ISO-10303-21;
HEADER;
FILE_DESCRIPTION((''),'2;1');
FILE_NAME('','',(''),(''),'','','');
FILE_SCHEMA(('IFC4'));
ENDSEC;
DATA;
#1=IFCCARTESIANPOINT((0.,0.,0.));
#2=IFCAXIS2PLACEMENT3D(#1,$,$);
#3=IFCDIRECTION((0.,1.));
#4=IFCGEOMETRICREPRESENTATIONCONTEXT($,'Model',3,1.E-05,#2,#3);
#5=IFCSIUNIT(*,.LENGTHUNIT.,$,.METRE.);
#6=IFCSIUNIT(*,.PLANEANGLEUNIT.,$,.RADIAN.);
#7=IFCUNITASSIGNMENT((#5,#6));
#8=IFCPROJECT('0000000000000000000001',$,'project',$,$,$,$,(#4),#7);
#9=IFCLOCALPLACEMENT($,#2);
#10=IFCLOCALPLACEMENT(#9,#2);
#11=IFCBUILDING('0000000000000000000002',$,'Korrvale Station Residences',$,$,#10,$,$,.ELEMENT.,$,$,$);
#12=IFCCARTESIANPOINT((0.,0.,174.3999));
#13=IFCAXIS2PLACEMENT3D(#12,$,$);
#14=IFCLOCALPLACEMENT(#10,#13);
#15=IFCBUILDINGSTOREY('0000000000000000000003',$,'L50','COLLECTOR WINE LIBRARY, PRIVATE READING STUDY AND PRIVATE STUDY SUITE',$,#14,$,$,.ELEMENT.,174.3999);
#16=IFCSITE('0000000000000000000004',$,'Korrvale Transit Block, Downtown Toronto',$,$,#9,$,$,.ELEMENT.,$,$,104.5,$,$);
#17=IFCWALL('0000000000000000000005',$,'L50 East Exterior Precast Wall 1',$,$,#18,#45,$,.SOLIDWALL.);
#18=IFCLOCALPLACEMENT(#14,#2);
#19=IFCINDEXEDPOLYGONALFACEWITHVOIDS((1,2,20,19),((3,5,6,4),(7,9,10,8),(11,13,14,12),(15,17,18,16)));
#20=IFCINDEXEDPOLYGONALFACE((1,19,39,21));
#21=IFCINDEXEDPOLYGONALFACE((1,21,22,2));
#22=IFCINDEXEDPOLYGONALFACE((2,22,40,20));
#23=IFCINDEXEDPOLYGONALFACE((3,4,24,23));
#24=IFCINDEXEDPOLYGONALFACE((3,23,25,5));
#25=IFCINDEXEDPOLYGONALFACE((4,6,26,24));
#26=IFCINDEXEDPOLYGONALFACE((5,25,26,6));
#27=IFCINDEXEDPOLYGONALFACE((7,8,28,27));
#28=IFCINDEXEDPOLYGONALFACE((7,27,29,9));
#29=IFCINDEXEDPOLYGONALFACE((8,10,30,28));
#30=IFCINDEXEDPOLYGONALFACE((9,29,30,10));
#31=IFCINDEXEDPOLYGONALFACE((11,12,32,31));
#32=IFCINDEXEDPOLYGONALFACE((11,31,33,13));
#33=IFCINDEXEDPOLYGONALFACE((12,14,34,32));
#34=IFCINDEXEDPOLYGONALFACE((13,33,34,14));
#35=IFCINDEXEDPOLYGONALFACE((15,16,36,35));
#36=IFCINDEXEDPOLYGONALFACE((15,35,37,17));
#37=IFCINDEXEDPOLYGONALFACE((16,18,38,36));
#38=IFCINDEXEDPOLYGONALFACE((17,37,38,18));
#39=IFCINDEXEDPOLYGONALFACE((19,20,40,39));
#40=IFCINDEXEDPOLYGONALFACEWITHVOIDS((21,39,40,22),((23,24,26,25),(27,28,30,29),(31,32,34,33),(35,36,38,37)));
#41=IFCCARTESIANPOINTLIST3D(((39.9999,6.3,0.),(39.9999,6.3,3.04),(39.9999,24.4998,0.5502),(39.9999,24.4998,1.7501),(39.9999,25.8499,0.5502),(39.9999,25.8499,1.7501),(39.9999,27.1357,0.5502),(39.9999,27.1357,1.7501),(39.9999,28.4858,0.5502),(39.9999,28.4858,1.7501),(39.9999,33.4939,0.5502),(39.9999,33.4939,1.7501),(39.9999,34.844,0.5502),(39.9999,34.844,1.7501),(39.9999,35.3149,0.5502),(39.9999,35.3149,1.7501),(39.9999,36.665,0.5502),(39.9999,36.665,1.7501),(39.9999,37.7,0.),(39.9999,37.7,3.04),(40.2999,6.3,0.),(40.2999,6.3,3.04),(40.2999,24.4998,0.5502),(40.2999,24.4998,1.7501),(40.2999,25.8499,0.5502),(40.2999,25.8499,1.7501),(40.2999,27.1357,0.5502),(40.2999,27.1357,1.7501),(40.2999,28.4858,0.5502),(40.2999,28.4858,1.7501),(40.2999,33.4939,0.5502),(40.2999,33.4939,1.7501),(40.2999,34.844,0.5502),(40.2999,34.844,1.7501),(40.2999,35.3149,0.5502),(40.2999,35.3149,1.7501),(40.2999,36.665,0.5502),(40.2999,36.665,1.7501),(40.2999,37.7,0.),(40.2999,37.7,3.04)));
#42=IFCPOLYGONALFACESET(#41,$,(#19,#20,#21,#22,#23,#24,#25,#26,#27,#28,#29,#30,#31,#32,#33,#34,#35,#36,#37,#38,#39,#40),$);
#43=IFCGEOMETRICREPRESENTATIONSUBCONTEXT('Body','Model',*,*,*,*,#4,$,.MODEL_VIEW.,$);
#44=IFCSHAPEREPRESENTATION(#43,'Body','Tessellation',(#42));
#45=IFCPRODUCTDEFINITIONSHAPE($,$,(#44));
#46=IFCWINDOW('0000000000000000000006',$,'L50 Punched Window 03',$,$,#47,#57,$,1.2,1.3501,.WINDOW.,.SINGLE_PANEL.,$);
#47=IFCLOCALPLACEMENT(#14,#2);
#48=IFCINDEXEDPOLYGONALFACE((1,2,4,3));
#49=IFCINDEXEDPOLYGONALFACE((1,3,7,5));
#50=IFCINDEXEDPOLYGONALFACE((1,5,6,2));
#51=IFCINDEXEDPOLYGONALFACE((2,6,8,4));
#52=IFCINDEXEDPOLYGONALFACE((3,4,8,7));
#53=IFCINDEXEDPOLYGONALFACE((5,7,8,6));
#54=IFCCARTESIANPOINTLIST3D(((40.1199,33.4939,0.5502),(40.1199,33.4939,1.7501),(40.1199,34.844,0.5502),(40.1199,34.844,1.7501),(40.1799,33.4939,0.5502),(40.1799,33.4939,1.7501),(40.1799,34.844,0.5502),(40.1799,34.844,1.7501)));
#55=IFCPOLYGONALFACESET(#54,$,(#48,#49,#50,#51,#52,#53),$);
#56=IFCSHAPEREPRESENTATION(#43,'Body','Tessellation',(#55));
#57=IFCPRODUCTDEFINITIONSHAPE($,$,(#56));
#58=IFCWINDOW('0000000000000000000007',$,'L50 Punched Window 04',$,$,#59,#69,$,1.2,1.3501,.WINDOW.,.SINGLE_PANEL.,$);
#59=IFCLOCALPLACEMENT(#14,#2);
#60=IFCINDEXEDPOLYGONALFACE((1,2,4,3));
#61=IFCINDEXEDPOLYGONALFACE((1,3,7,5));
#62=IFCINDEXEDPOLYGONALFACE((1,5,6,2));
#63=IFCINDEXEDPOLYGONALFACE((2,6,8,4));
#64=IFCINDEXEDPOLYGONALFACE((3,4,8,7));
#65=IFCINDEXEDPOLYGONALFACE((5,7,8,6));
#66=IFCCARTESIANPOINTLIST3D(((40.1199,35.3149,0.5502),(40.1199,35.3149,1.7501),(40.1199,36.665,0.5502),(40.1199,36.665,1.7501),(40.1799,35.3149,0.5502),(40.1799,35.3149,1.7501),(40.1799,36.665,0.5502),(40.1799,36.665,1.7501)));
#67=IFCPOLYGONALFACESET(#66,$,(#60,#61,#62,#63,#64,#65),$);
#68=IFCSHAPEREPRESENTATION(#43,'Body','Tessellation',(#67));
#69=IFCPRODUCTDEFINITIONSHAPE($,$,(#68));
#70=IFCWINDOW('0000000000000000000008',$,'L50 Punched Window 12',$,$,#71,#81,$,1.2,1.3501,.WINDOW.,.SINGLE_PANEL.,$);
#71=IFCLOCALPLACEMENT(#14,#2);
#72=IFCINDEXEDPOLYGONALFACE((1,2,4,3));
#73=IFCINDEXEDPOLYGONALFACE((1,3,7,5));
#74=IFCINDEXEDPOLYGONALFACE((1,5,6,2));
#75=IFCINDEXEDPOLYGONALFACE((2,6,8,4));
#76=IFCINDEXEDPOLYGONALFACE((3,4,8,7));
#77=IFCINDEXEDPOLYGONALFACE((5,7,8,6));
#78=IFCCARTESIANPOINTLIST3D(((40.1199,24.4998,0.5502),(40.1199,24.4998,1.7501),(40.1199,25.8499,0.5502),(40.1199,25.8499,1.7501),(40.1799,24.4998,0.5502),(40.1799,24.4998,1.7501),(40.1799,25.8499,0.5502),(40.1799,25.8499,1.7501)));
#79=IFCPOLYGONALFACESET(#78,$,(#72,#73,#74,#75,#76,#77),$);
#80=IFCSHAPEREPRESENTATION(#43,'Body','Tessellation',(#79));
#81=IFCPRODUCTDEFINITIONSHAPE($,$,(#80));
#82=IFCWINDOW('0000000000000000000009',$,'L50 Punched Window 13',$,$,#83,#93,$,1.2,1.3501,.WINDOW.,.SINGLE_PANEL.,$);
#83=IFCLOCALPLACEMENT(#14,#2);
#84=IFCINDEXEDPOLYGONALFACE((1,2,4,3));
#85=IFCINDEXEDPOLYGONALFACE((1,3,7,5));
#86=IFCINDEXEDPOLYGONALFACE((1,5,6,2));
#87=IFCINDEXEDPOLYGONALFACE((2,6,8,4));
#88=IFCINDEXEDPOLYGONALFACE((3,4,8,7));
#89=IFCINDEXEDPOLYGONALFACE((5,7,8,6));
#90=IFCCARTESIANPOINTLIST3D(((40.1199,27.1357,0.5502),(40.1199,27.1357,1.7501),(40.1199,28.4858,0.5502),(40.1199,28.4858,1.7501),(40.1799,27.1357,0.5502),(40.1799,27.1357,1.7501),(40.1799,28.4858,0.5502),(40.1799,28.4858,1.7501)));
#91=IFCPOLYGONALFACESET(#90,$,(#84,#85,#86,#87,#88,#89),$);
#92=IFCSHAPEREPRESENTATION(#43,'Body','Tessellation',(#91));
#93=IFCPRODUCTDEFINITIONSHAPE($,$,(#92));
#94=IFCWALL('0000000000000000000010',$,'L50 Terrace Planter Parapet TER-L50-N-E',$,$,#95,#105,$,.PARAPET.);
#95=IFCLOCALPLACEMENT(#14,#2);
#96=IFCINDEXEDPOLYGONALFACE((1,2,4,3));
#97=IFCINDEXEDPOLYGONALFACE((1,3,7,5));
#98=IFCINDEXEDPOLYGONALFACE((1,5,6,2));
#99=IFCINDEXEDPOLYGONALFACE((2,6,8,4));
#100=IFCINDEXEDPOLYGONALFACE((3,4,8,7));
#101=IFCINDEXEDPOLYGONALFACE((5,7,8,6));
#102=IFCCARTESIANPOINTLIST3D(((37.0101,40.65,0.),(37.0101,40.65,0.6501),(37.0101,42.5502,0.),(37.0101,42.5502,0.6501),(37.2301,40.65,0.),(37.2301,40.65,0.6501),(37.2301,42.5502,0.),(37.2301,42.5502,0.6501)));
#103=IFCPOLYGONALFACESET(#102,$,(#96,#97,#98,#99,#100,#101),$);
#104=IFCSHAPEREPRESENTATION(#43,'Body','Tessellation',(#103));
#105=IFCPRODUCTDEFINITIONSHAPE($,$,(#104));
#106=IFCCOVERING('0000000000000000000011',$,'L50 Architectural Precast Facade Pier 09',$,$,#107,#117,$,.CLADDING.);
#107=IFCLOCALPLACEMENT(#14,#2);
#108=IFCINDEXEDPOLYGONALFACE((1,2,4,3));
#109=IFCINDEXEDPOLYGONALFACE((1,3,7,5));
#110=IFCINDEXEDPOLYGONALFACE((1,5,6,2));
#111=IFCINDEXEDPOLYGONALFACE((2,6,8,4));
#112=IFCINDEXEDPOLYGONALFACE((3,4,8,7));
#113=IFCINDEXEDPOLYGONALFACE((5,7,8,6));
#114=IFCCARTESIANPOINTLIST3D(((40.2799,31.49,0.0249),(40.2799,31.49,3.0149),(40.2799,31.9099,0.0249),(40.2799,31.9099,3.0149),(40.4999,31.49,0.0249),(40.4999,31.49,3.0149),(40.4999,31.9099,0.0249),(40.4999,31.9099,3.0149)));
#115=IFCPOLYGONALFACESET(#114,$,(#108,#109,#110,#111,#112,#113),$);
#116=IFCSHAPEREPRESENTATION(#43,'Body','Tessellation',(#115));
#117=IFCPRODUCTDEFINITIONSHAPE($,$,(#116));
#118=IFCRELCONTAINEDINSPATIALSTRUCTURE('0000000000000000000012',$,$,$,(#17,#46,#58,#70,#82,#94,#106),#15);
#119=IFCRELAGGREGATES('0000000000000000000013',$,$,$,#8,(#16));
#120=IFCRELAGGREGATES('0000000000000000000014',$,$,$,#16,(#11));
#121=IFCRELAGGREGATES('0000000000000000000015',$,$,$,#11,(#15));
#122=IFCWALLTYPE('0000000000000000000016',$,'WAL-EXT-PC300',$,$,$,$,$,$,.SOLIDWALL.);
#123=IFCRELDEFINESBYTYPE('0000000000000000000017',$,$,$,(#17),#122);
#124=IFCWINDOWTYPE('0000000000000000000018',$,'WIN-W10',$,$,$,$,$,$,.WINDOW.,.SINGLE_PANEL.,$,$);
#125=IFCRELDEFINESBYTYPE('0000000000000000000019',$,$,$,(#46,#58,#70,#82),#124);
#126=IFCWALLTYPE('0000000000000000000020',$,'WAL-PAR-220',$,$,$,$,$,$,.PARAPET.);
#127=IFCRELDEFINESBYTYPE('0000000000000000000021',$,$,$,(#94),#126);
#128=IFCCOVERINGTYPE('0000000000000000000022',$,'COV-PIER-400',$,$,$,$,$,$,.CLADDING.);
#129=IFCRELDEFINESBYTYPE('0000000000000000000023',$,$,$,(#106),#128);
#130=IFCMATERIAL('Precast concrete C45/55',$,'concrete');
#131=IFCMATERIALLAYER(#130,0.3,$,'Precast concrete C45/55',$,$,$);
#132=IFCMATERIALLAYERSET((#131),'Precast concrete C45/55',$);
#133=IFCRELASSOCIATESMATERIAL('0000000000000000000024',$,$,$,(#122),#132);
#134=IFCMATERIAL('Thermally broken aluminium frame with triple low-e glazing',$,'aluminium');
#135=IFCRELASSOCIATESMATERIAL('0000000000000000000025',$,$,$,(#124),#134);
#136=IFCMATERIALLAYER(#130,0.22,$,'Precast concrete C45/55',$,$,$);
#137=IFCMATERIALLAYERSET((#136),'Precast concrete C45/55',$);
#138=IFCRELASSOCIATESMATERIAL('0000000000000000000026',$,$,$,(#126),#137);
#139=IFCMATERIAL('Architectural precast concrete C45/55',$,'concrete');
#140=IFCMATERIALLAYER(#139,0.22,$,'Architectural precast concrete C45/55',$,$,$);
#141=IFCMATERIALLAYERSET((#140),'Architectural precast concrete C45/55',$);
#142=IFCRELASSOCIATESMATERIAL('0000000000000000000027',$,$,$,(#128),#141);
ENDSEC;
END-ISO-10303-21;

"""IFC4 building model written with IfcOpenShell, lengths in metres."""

from ifc_helpers import new_model, si_unit, direction, frame, frame_2d, origin, origin_2d, place, context, subcontext, project, spatial, rectangle, extrude, material, layer, layer_set, type_object, element, fill, save


model = new_model("IFC4")

# Units and contexts
model_context = context("Model", 3, precision=1e-05, world=origin(), true_north=direction((0.0, 1.0)))
body_context = subcontext(model_context, "Body", "Model", "MODEL_VIEW")
ifc_project = project(units=[si_unit("LENGTHUNIT", "METRE"), si_unit("PLANEANGLEUNIT", "RADIAN")], contexts=[model_context])

# Site, building, storey
site_placement = place(None, origin())
site = spatial("IfcSite", under=ifc_project, at=site_placement, Name="Korrvale Transit Block, Downtown Toronto", CompositionType="ELEMENT", RefElevation=104.5)
building_placement = place(site_placement, origin())
building = spatial("IfcBuilding", under=site, at=building_placement, Name="Korrvale Station Residences", CompositionType="ELEMENT")
storey_placement = place(building_placement, frame((0.0, 0.0, 174.3999)))
storey = spatial("IfcBuildingStorey", under=building, at=storey_placement, Name="L50", Description="COLLECTOR WINE LIBRARY, PRIVATE READING STUDY AND PRIVATE STUDY SUITE", CompositionType="ELEMENT", Elevation=174.3999)

# Shared definitions
ifc_material_1 = material(Name="Precast concrete C45/55", Category="concrete")

# Wall, openings, windows
ifc_layer_1 = layer(ifc_material_1, 0.3, Name="Precast concrete C45/55")
ifc_layer_set_1 = layer_set([ifc_layer_1], Name="Precast concrete C45/55")
wall_type_1 = type_object("IfcWallType", Name="WAL-EXT-PC300", PredefinedType="SOLIDWALL", material=ifc_layer_set_1)
wall_1_placement = place(storey_placement, frame((40.1499, 37.7, 0.0), z_axis=(0.0, 0.0, 1.0), x_axis=(0.0, -1.0, 0.0)))
wall_1 = element("IfcWall", 1, at=wall_1_placement, inside=storey, type_object=wall_type_1, Name="L50 East Exterior Precast Wall 1", PredefinedType="SOLIDWALL", context=body_context, shape_type="SweptSolid", body=[
    extrude(rectangle(XDim=31.3999, YDim=0.3, at=frame_2d((15.7, 0.0))), origin(), (0.0, 0.0, 1.0), 3.04),
])
opening_1_placement = place(wall_1_placement, frame((2.856, 0.0, 0.55)))
opening_1 = element("IfcOpeningElement", 2, at=opening_1_placement, cuts=wall_1, PredefinedType="OPENING", context=body_context, shape_type="SweptSolid", body=[
    extrude(rectangle(XDim=1.3501, YDim=1.2, at=frame_2d((0.675, 0.6001))), frame((0.0, 0.1602, 0.0), z_axis=(0.0, -1.0, 0.0), x_axis=(1.0, 0.0, 0.0)), (0.0, 0.0, 1.0), 0.3201),
])
opening_2_placement = place(wall_1_placement, frame((1.0349, 0.0, 0.55)))
opening_2 = element("IfcOpeningElement", 3, at=opening_2_placement, cuts=wall_1, PredefinedType="OPENING", context=body_context, shape_type="SweptSolid", body=[
    extrude(rectangle(XDim=1.3501, YDim=1.2, at=frame_2d((0.675, 0.6001))), frame((0.0, 0.1602, 0.0), z_axis=(0.0, -1.0, 0.0), x_axis=(1.0, 0.0, 0.0)), (0.0, 0.0, 1.0), 0.3201),
])
opening_3_placement = place(wall_1_placement, frame((11.8501, 0.0, 0.55)))
opening_3 = element("IfcOpeningElement", 4, at=opening_3_placement, cuts=wall_1, PredefinedType="OPENING", context=body_context, shape_type="SweptSolid", body=[
    extrude(rectangle(XDim=1.3501, YDim=1.2, at=frame_2d((0.675, 0.6001))), frame((0.0, 0.1602, 0.0), z_axis=(0.0, -1.0, 0.0), x_axis=(1.0, 0.0, 0.0)), (0.0, 0.0, 1.0), 0.3201),
])
opening_4_placement = place(wall_1_placement, frame((9.2141, 0.0, 0.55)))
opening_4 = element("IfcOpeningElement", 5, at=opening_4_placement, cuts=wall_1, PredefinedType="OPENING", context=body_context, shape_type="SweptSolid", body=[
    extrude(rectangle(XDim=1.3501, YDim=1.2, at=frame_2d((0.675, 0.6001))), frame((0.0, 0.1602, 0.0), z_axis=(0.0, -1.0, 0.0), x_axis=(1.0, 0.0, 0.0)), (0.0, 0.0, 1.0), 0.3201),
])
ifc_material_2 = material(Name="Thermally broken aluminium frame with triple low-e glazing", Category="aluminium")
window_type = type_object("IfcWindowType", Name="WIN-W10", PartitioningType="SINGLE_PANEL", PredefinedType="WINDOW", material=ifc_material_2)
window_1_placement = place(opening_1_placement, origin())
window_1 = element("IfcWindow", 6, at=window_1_placement, inside=storey, type_object=window_type, Name="L50 Punched Window 03", OverallHeight=1.2, OverallWidth=1.3501, PartitioningType="SINGLE_PANEL", PredefinedType="WINDOW", context=body_context, shape_type="SweptSolid", body=[
    extrude(rectangle(XDim=1.3501, YDim=1.2, at=frame_2d((0.675, 0.6001))), frame((0.0, 0.03, 0.0), z_axis=(0.0, -1.0, 0.0), x_axis=(1.0, 0.0, 0.0)), (0.0, 0.0, 1.0), 0.0601),
])
fill(opening_1, window_1)
window_2_placement = place(opening_2_placement, origin())
window_2 = element("IfcWindow", 7, at=window_2_placement, inside=storey, type_object=window_type, Name="L50 Punched Window 04", OverallHeight=1.2, OverallWidth=1.3501, PartitioningType="SINGLE_PANEL", PredefinedType="WINDOW", context=body_context, shape_type="SweptSolid", body=[
    extrude(rectangle(XDim=1.3501, YDim=1.2, at=frame_2d((0.675, 0.6001))), frame((0.0, 0.03, 0.0), z_axis=(0.0, -1.0, 0.0), x_axis=(1.0, 0.0, 0.0)), (0.0, 0.0, 1.0), 0.0601),
])
fill(opening_2, window_2)
window_3_placement = place(opening_3_placement, origin())
window_3 = element("IfcWindow", 8, at=window_3_placement, inside=storey, type_object=window_type, Name="L50 Punched Window 12", OverallHeight=1.2, OverallWidth=1.3501, PartitioningType="SINGLE_PANEL", PredefinedType="WINDOW", context=body_context, shape_type="SweptSolid", body=[
    extrude(rectangle(XDim=1.3501, YDim=1.2, at=frame_2d((0.675, 0.6001))), frame((0.0, 0.03, 0.0), z_axis=(0.0, -1.0, 0.0), x_axis=(1.0, 0.0, 0.0)), (0.0, 0.0, 1.0), 0.0601),
])
fill(opening_3, window_3)
window_4_placement = place(opening_4_placement, origin())
window_4 = element("IfcWindow", 9, at=window_4_placement, inside=storey, type_object=window_type, Name="L50 Punched Window 13", OverallHeight=1.2, OverallWidth=1.3501, PartitioningType="SINGLE_PANEL", PredefinedType="WINDOW", context=body_context, shape_type="SweptSolid", body=[
    extrude(rectangle(XDim=1.3501, YDim=1.2, at=frame_2d((0.675, 0.6001))), frame((0.0, 0.03, 0.0), z_axis=(0.0, -1.0, 0.0), x_axis=(1.0, 0.0, 0.0)), (0.0, 0.0, 1.0), 0.0601),
])
fill(opening_4, window_4)

# Wall
ifc_layer_2 = layer(ifc_material_1, 0.22, Name="Precast concrete C45/55")
ifc_layer_set_2 = layer_set([ifc_layer_2], Name="Precast concrete C45/55")
wall_type_2 = type_object("IfcWallType", Name="WAL-PAR-220", PredefinedType="PARAPET", material=ifc_layer_set_2)
wall_2_placement = place(storey_placement, frame((37.1201, 40.6499, 0.0), z_axis=(0.0, 0.0, 1.0), x_axis=(0.0, 1.0, 0.0)))
element("IfcWall", 10, at=wall_2_placement, inside=storey, type_object=wall_type_2, Name="L50 Terrace Planter Parapet TER-L50-N-E", PredefinedType="PARAPET", context=body_context, shape_type="SweptSolid", body=[
    extrude(rectangle(XDim=1.9001, YDim=0.22, at=frame_2d((0.9502, 0.0))), origin(), (0.0, 0.0, 1.0), 0.6501),
])

# Covering
ifc_material_3 = material(Name="Architectural precast concrete C45/55", Category="concrete")
ifc_layer_3 = layer(ifc_material_3, 0.22, Name="Architectural precast concrete C45/55")
ifc_layer_set_3 = layer_set([ifc_layer_3], Name="Architectural precast concrete C45/55")
covering_type = type_object("IfcCoveringType", Name="COV-PIER-400", PredefinedType="CLADDING", material=ifc_layer_set_3)
covering_placement = place(storey_placement, frame((40.3899, 31.7, 0.0249), z_axis=(0.0, 0.0, 1.0), x_axis=(0.0, 1.0, 0.0)))
element("IfcCovering", 11, at=covering_placement, inside=storey, type_object=covering_type, Name="L50 Architectural Precast Facade Pier 09", PredefinedType="CLADDING", context=body_context, shape_type="SweptSolid", body=[
    extrude(rectangle(XDim=0.4199, YDim=0.22, at=origin_2d()), origin(), (0.0, 0.0, 1.0), 2.99),
])

save(model, "model.ifc")
